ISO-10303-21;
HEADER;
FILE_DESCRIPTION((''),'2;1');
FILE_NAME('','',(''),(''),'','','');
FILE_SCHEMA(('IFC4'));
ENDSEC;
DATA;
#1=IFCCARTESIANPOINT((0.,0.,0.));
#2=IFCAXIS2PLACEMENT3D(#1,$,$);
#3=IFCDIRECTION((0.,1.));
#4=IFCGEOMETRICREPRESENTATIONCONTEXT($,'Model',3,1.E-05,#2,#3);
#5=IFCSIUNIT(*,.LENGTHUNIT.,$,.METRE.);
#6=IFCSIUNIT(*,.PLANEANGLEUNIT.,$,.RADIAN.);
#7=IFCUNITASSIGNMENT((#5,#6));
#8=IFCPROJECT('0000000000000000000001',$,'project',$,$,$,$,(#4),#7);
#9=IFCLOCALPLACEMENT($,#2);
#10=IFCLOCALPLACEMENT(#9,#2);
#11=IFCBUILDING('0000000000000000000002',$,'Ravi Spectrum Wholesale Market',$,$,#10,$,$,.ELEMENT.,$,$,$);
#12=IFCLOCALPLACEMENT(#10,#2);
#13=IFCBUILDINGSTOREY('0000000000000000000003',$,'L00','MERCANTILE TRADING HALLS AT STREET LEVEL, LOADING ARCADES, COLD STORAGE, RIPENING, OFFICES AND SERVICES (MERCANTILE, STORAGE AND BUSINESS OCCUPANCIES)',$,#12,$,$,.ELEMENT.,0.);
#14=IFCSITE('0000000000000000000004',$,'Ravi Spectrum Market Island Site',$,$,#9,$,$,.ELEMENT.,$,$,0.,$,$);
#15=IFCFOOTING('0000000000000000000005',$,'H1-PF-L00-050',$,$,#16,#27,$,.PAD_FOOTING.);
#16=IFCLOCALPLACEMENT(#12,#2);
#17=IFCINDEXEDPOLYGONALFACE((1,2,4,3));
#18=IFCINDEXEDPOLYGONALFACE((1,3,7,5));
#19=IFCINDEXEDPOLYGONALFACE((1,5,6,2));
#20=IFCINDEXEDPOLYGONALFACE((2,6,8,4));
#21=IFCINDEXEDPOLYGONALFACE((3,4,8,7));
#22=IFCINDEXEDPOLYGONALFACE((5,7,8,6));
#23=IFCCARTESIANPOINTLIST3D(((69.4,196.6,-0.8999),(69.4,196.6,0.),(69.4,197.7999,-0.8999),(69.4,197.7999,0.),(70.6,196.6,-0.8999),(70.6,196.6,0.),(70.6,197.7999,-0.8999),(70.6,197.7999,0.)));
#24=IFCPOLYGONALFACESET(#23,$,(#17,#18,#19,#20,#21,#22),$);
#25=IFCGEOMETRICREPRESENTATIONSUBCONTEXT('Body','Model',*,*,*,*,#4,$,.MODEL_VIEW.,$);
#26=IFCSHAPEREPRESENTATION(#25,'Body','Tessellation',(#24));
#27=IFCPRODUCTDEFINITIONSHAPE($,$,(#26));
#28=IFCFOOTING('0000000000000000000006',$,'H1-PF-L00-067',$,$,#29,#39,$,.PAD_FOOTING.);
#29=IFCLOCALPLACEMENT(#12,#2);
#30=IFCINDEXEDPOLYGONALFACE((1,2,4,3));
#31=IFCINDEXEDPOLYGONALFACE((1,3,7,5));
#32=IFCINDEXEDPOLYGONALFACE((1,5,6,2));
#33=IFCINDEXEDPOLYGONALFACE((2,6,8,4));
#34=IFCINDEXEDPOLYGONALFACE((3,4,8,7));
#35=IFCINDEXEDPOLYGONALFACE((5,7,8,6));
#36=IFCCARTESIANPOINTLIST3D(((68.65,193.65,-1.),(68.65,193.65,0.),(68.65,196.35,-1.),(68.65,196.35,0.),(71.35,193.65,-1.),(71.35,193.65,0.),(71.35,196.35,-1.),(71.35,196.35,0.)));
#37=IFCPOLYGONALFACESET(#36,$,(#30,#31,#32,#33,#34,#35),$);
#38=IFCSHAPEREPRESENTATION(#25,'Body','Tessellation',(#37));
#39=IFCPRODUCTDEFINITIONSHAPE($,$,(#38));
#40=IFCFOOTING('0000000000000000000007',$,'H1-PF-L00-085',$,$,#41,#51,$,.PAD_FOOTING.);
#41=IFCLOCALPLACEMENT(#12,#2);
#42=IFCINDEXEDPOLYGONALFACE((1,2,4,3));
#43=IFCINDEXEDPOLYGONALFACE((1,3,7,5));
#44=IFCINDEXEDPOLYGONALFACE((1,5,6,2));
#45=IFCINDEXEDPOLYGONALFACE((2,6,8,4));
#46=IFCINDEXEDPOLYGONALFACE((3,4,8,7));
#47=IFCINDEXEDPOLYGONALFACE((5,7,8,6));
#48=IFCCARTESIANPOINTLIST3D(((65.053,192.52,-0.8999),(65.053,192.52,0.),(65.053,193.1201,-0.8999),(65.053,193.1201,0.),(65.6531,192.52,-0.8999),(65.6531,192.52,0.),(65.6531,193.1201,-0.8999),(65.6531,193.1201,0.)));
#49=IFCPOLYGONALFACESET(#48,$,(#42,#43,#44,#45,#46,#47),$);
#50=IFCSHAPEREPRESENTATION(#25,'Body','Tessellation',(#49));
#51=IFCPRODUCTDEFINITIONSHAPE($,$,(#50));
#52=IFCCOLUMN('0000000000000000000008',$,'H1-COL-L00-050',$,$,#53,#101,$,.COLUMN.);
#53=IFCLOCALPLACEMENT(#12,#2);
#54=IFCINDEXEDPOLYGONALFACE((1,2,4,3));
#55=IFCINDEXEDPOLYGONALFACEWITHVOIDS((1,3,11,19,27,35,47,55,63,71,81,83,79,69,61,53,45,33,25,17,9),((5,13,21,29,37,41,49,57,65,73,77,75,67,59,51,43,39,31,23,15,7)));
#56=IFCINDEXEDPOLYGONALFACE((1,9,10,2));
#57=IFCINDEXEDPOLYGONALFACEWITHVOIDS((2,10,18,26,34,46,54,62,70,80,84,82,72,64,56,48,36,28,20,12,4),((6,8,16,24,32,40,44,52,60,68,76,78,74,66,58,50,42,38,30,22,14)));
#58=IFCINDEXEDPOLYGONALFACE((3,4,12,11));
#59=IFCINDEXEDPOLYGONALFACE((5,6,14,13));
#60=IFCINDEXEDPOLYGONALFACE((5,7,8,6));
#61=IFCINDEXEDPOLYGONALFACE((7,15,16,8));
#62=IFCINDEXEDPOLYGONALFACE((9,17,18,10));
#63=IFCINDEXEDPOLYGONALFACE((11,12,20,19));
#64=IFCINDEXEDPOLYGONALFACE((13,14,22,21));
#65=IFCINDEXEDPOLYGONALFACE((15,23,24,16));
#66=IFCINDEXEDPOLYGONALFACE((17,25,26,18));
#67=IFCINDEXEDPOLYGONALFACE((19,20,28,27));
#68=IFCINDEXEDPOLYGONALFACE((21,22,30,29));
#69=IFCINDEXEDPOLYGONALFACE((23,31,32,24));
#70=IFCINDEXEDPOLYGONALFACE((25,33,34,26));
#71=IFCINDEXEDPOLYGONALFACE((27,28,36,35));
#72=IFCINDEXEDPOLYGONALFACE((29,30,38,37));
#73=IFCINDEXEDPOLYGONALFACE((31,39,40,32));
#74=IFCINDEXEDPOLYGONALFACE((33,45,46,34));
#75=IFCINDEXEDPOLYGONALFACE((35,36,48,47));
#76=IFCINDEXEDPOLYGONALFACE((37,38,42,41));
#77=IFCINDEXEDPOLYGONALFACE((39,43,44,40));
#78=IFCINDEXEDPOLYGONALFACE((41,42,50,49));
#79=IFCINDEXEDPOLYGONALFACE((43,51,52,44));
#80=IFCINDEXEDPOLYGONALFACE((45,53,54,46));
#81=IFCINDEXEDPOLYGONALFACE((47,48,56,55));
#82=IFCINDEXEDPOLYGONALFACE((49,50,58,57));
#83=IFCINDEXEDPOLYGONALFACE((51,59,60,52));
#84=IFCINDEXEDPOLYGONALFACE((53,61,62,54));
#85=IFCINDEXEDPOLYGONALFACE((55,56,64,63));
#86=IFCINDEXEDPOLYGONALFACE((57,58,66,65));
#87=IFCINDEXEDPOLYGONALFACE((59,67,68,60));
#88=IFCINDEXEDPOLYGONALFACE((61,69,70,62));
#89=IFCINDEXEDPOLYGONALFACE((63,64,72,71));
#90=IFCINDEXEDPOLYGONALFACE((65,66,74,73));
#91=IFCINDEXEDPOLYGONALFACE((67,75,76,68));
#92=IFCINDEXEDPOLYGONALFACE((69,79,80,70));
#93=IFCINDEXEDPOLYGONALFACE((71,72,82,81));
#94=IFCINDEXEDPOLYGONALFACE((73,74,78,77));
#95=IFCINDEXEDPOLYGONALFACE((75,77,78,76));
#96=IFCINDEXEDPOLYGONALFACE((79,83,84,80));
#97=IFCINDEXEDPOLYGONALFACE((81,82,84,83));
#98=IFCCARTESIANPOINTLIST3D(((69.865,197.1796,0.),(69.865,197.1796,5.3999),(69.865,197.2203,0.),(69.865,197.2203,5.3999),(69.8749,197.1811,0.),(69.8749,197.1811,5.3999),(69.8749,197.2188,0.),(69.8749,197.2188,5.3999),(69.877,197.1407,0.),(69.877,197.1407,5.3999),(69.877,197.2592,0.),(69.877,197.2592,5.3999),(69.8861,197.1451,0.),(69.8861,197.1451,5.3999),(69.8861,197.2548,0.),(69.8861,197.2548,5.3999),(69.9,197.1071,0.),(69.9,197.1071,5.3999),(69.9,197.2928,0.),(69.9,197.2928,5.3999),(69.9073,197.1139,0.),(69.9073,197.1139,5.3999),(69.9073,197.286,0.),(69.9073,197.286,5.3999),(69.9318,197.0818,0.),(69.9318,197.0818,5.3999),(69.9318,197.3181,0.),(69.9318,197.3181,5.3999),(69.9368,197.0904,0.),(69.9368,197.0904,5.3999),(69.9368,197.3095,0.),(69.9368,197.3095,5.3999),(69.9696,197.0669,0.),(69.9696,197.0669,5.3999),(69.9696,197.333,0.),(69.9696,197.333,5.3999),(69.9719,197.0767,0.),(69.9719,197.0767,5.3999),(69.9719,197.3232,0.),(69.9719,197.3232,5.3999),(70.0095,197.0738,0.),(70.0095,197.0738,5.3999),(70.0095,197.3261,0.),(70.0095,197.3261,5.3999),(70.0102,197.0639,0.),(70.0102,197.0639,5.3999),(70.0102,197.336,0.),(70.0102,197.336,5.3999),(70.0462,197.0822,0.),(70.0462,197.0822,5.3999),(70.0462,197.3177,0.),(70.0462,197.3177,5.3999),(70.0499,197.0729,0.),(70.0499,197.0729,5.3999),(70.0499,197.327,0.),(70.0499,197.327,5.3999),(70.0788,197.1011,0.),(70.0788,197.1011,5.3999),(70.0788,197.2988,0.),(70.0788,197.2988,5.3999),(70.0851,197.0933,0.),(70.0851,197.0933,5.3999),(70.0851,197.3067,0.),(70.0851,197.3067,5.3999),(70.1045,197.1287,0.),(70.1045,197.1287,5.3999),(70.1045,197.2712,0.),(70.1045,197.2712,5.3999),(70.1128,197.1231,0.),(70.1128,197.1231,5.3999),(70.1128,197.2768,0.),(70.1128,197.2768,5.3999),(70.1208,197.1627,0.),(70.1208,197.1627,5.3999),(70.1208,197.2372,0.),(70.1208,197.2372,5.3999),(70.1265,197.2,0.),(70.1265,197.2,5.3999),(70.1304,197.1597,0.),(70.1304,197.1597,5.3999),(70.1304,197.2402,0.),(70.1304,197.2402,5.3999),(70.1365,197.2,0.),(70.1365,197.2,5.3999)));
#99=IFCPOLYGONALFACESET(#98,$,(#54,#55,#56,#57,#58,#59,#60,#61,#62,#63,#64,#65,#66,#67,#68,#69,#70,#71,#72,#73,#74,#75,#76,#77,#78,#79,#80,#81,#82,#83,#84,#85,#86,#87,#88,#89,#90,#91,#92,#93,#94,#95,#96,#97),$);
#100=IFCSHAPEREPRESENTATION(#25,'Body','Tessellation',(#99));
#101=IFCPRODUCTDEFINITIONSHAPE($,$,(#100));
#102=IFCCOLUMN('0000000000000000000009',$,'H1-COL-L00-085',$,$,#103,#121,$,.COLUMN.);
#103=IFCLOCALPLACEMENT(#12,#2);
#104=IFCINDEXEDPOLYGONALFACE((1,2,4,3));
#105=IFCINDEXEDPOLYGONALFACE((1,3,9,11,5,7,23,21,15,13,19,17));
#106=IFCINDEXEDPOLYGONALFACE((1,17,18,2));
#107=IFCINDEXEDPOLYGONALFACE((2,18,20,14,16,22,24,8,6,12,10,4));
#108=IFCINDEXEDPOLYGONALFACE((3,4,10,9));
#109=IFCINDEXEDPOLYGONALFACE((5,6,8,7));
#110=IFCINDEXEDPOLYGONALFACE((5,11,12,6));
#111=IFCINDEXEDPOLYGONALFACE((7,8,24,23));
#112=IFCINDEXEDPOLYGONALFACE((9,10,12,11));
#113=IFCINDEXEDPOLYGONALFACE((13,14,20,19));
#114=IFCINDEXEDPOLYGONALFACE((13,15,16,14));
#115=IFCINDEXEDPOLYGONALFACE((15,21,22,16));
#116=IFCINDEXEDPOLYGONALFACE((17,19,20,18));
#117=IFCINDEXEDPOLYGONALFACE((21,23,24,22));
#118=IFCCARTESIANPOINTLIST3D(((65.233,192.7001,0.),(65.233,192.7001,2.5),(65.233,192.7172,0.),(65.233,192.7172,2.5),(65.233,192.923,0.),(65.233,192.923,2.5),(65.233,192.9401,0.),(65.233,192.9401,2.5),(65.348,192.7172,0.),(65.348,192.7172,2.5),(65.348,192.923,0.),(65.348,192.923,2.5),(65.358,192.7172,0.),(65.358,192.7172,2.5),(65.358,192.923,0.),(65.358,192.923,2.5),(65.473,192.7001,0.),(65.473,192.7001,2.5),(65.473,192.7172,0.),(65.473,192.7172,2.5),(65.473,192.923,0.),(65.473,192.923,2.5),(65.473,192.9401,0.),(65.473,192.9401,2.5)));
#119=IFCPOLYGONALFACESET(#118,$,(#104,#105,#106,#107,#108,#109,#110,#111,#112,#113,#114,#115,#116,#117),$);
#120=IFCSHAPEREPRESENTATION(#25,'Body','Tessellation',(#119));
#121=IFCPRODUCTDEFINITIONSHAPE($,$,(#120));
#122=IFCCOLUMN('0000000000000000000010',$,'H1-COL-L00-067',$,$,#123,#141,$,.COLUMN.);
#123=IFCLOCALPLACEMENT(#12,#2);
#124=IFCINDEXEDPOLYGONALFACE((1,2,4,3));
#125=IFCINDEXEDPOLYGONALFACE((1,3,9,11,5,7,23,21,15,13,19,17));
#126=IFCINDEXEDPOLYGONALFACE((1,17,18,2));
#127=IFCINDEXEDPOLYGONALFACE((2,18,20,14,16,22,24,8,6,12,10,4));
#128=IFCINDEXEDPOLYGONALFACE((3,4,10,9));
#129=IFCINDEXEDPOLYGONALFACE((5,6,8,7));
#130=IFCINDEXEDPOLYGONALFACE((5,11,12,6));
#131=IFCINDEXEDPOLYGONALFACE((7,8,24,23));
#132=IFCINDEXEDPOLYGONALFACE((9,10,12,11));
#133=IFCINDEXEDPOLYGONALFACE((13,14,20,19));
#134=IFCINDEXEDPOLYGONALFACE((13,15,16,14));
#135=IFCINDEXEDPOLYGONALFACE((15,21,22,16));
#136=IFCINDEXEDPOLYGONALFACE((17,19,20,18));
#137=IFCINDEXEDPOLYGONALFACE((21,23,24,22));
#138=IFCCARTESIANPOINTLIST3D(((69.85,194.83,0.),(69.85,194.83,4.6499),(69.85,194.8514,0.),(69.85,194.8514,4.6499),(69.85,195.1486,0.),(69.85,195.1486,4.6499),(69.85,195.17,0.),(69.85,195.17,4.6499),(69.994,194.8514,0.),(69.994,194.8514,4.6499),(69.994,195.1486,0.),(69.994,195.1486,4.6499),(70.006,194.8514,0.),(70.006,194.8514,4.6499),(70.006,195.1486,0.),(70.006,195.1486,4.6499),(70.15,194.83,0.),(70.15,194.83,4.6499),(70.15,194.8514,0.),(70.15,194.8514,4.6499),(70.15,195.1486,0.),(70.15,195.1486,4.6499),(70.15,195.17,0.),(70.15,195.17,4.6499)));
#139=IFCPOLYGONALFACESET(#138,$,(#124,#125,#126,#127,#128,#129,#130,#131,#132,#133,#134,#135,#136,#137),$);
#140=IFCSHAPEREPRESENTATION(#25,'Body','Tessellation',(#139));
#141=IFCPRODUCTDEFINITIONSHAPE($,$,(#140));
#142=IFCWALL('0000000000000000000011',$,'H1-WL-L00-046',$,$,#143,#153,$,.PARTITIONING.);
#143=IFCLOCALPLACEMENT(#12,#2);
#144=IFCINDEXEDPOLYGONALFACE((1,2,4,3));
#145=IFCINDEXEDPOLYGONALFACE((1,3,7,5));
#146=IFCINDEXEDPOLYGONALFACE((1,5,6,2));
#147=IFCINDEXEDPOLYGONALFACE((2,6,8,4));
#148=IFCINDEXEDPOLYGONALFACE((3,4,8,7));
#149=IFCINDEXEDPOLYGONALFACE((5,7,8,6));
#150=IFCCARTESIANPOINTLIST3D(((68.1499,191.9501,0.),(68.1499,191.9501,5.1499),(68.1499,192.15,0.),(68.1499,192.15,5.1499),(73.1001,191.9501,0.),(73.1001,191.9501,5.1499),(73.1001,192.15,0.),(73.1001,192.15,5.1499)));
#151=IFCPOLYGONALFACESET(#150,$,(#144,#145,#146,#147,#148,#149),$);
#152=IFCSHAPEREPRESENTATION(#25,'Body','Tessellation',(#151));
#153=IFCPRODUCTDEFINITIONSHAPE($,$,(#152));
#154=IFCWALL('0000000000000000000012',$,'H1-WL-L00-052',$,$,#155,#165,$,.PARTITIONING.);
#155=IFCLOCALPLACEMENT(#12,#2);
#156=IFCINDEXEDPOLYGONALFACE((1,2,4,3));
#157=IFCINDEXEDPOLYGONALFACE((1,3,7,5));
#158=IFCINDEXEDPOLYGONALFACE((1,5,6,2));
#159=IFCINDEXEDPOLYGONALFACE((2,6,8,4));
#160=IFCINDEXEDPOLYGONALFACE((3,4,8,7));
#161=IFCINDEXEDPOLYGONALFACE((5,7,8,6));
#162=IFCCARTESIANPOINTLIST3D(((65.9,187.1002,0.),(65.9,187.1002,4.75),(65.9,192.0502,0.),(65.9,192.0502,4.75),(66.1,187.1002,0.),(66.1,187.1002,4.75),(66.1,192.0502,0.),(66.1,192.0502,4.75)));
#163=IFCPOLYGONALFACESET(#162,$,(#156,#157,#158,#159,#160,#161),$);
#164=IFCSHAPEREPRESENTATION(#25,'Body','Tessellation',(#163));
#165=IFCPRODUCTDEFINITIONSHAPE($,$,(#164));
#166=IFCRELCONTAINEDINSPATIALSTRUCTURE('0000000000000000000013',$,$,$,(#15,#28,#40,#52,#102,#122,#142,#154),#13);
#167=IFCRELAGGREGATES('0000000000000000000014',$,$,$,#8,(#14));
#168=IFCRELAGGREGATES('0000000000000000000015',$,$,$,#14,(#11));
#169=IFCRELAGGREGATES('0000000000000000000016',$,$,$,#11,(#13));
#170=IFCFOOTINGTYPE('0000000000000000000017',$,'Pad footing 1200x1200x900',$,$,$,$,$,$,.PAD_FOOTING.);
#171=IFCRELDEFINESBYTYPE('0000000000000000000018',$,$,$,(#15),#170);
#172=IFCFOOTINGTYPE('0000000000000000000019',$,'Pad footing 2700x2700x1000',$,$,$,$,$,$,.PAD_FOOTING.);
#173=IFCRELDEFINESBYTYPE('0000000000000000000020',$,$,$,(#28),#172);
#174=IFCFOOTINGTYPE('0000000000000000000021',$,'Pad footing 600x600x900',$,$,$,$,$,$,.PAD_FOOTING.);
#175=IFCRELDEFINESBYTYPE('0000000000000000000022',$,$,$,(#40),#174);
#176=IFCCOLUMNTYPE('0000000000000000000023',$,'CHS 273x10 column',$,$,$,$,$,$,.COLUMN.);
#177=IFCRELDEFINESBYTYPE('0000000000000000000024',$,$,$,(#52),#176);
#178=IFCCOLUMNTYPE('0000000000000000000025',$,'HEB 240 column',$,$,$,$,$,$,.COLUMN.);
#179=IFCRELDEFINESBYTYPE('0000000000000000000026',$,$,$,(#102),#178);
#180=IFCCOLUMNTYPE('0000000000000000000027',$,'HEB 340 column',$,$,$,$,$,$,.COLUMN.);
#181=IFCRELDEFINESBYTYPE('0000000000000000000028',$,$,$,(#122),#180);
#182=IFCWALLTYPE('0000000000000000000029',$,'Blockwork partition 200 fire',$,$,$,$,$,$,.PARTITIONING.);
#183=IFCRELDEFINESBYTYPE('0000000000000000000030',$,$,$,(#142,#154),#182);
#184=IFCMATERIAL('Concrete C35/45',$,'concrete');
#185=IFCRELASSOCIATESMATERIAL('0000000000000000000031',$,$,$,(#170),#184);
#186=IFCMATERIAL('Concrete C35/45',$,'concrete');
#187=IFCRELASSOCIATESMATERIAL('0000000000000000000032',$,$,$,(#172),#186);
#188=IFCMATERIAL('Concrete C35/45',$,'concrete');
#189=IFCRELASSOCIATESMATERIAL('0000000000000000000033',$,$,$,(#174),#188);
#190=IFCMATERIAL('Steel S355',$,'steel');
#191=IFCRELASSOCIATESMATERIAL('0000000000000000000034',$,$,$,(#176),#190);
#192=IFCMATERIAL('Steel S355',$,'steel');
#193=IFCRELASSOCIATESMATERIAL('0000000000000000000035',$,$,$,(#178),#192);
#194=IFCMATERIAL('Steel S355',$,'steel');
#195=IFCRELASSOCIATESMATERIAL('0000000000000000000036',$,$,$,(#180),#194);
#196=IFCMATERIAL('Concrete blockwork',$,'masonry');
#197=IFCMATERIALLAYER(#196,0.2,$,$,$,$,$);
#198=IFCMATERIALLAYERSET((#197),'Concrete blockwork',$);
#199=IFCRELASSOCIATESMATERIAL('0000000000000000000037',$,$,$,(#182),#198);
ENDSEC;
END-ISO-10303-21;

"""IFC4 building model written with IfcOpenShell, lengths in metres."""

from ifc_helpers import new_model, si_unit, direction, frame, frame_2d, origin, origin_2d, place, context, subcontext, project, spatial, rectangle, hollow_circle, i_section, extrude, material, layer, layer_set, material_profile, profile_set, type_object, element, save


model = new_model("IFC4")

# Units and contexts
model_context = context("Model", 3, precision=1e-05, world=origin(), true_north=direction((0.0, 1.0)))
body_context = subcontext(model_context, "Body", "Model", "MODEL_VIEW")
ifc_project = project(units=[si_unit("LENGTHUNIT", "METRE"), si_unit("PLANEANGLEUNIT", "RADIAN")], contexts=[model_context])

# Site, building, storey
site_placement = place(None, origin())
site = spatial("IfcSite", under=ifc_project, at=site_placement, Name="Ravi Spectrum Market Island Site", CompositionType="ELEMENT", RefElevation=0.0)
building_placement = place(site_placement, origin())
building = spatial("IfcBuilding", under=site, at=building_placement, Name="Ravi Spectrum Wholesale Market", CompositionType="ELEMENT")
storey_placement = place(building_placement, origin())
storey = spatial("IfcBuildingStorey", under=building, at=storey_placement, Name="L00", Description="MERCANTILE TRADING HALLS AT STREET LEVEL, LOADING ARCADES, COLD STORAGE, RIPENING, OFFICES AND SERVICES (MERCANTILE, STORAGE AND BUSINESS OCCUPANCIES)", CompositionType="ELEMENT", Elevation=0.0)

# Footings
ifc_material_1 = material(Name="Concrete C35/45", Category="concrete")
footing_type_1 = type_object("IfcFootingType", Name="Pad footing 1200x1200x900", PredefinedType="PAD_FOOTING", material=ifc_material_1)
footing_1_placement = place(storey_placement, frame((70.0, 197.2, -0.8999), z_axis=(0.0, 0.0, 1.0), x_axis=(1.0, 0.0, 0.0)))
element("IfcFooting", 1, at=footing_1_placement, inside=storey, type_object=footing_type_1, Name="H1-PF-L00-050", PredefinedType="PAD_FOOTING", context=body_context, shape_type="SweptSolid", body=[
    extrude(rectangle(XDim=1.2, YDim=1.2, at=origin_2d()), origin(), (0.0, 0.0, 1.0), 0.8999),
])
ifc_material_2 = material(Name="Concrete C35/45", Category="concrete")
footing_type_2 = type_object("IfcFootingType", Name="Pad footing 2700x2700x1000", PredefinedType="PAD_FOOTING", material=ifc_material_2)
footing_2_placement = place(storey_placement, frame((70.0, 195.0, -1.0), z_axis=(0.0, 0.0, 1.0), x_axis=(1.0, 0.0, 0.0)))
element("IfcFooting", 2, at=footing_2_placement, inside=storey, type_object=footing_type_2, Name="H1-PF-L00-067", PredefinedType="PAD_FOOTING", context=body_context, shape_type="SweptSolid", body=[
    extrude(rectangle(XDim=2.7, YDim=2.7, at=origin_2d()), origin(), (0.0, 0.0, 1.0), 1.0),
])
ifc_material_3 = material(Name="Concrete C35/45", Category="concrete")
footing_type_3 = type_object("IfcFootingType", Name="Pad footing 600x600x900", PredefinedType="PAD_FOOTING", material=ifc_material_3)
footing_3_placement = place(storey_placement, frame((65.353, 192.8201, -0.8999), z_axis=(0.0, 0.0, 1.0), x_axis=(1.0, 0.0, 0.0)))
element("IfcFooting", 3, at=footing_3_placement, inside=storey, type_object=footing_type_3, Name="H1-PF-L00-085", PredefinedType="PAD_FOOTING", context=body_context, shape_type="SweptSolid", body=[
    extrude(rectangle(XDim=0.6001, YDim=0.6001, at=origin_2d()), origin(), (0.0, 0.0, 1.0), 0.8999),
])

# Columns
ifc_material_4 = material(Name="Steel S355", Category="steel")
ifc_material_profile_1 = material_profile(ifc_material_4, hollow_circle(Radius=0.1365, WallThickness=0.01, at=origin_2d()))
ifc_profile_set_1 = profile_set([ifc_material_profile_1], Name="Steel S355")
column_type_1 = type_object("IfcColumnType", Name="CHS 273x10 column", PredefinedType="COLUMN", material=ifc_profile_set_1)
column_1_placement = place(storey_placement, frame((70.0, 197.2, 0.0), z_axis=(0.0, 0.0, 1.0), x_axis=(1.0, 0.0, 0.0)))
element("IfcColumn", 4, at=column_1_placement, inside=storey, type_object=column_type_1, Name="H1-COL-L00-050", PredefinedType="COLUMN", context=body_context, shape_type="SweptSolid", body=[
    extrude(hollow_circle(Radius=0.1365, WallThickness=0.01, at=origin_2d()), origin(), (0.0, 0.0, 1.0), 5.3999),
])
ifc_material_5 = material(Name="Steel S355", Category="steel")
ifc_material_profile_2 = material_profile(ifc_material_5, i_section(OverallWidth=0.24, OverallDepth=0.24, WebThickness=0.01, FlangeThickness=0.0171, at=origin_2d()))
ifc_profile_set_2 = profile_set([ifc_material_profile_2], Name="Steel S355")
column_type_2 = type_object("IfcColumnType", Name="HEB 240 column", PredefinedType="COLUMN", material=ifc_profile_set_2)
column_2_placement = place(storey_placement, frame((65.353, 192.8201, 0.0), z_axis=(0.0, 0.0, 1.0), x_axis=(1.0, 0.0, 0.0)))
element("IfcColumn", 5, at=column_2_placement, inside=storey, type_object=column_type_2, Name="H1-COL-L00-085", PredefinedType="COLUMN", context=body_context, shape_type="SweptSolid", body=[
    extrude(i_section(OverallWidth=0.24, OverallDepth=0.24, WebThickness=0.01, FlangeThickness=0.0171, at=origin_2d()), origin(), (0.0, 0.0, 1.0), 2.5),
])
ifc_material_6 = material(Name="Steel S355", Category="steel")
ifc_material_profile_3 = material_profile(ifc_material_6, i_section(OverallWidth=0.3, OverallDepth=0.3401, WebThickness=0.012, FlangeThickness=0.0215, at=origin_2d()))
ifc_profile_set_3 = profile_set([ifc_material_profile_3], Name="Steel S355")
column_type_3 = type_object("IfcColumnType", Name="HEB 340 column", PredefinedType="COLUMN", material=ifc_profile_set_3)
column_3_placement = place(storey_placement, frame((70.0, 195.0, 0.0), z_axis=(0.0, 0.0, 1.0), x_axis=(1.0, 0.0, 0.0)))
element("IfcColumn", 6, at=column_3_placement, inside=storey, type_object=column_type_3, Name="H1-COL-L00-067", PredefinedType="COLUMN", context=body_context, shape_type="SweptSolid", body=[
    extrude(i_section(OverallWidth=0.3, OverallDepth=0.3401, WebThickness=0.012, FlangeThickness=0.0215, at=origin_2d()), origin(), (0.0, 0.0, 1.0), 4.6499),
])

# Walls
ifc_material_7 = material(Name="Concrete blockwork", Category="masonry")
ifc_layer_1 = layer(ifc_material_7, 0.2)
ifc_layer_set_1 = layer_set([ifc_layer_1], Name="Concrete blockwork")
wall_type_1 = type_object("IfcWallType", Name="Blockwork partition 200 fire", PredefinedType="PARTITIONING", material=ifc_layer_set_1)
wall_1_placement = place(storey_placement, frame((68.1499, 192.05, 0.0), z_axis=(0.0, 0.0, 1.0), x_axis=(1.0, 0.0, 0.0)))
element("IfcWall", 7, at=wall_1_placement, inside=storey, type_object=wall_type_1, Name="H1-WL-L00-046", PredefinedType="PARTITIONING", context=body_context, shape_type="SweptSolid", body=[
    extrude(rectangle(XDim=4.9502, YDim=0.2, at=frame_2d((2.4751, 0.0))), origin(), (0.0, 0.0, 1.0), 5.1499),
])
wall_2_placement = place(storey_placement, frame((66.0, 187.1001, 0.0), z_axis=(0.0, 0.0, 1.0), x_axis=(0.0, 1.0, 0.0)))
element("IfcWall", 8, at=wall_2_placement, inside=storey, type_object=wall_type_1, Name="H1-WL-L00-052", PredefinedType="PARTITIONING", context=body_context, shape_type="SweptSolid", body=[
    extrude(rectangle(XDim=4.95, YDim=0.2, at=frame_2d((2.4751, 0.0))), origin(), (0.0, 0.0, 1.0), 4.75),
])

save(model, "model.ifc")
